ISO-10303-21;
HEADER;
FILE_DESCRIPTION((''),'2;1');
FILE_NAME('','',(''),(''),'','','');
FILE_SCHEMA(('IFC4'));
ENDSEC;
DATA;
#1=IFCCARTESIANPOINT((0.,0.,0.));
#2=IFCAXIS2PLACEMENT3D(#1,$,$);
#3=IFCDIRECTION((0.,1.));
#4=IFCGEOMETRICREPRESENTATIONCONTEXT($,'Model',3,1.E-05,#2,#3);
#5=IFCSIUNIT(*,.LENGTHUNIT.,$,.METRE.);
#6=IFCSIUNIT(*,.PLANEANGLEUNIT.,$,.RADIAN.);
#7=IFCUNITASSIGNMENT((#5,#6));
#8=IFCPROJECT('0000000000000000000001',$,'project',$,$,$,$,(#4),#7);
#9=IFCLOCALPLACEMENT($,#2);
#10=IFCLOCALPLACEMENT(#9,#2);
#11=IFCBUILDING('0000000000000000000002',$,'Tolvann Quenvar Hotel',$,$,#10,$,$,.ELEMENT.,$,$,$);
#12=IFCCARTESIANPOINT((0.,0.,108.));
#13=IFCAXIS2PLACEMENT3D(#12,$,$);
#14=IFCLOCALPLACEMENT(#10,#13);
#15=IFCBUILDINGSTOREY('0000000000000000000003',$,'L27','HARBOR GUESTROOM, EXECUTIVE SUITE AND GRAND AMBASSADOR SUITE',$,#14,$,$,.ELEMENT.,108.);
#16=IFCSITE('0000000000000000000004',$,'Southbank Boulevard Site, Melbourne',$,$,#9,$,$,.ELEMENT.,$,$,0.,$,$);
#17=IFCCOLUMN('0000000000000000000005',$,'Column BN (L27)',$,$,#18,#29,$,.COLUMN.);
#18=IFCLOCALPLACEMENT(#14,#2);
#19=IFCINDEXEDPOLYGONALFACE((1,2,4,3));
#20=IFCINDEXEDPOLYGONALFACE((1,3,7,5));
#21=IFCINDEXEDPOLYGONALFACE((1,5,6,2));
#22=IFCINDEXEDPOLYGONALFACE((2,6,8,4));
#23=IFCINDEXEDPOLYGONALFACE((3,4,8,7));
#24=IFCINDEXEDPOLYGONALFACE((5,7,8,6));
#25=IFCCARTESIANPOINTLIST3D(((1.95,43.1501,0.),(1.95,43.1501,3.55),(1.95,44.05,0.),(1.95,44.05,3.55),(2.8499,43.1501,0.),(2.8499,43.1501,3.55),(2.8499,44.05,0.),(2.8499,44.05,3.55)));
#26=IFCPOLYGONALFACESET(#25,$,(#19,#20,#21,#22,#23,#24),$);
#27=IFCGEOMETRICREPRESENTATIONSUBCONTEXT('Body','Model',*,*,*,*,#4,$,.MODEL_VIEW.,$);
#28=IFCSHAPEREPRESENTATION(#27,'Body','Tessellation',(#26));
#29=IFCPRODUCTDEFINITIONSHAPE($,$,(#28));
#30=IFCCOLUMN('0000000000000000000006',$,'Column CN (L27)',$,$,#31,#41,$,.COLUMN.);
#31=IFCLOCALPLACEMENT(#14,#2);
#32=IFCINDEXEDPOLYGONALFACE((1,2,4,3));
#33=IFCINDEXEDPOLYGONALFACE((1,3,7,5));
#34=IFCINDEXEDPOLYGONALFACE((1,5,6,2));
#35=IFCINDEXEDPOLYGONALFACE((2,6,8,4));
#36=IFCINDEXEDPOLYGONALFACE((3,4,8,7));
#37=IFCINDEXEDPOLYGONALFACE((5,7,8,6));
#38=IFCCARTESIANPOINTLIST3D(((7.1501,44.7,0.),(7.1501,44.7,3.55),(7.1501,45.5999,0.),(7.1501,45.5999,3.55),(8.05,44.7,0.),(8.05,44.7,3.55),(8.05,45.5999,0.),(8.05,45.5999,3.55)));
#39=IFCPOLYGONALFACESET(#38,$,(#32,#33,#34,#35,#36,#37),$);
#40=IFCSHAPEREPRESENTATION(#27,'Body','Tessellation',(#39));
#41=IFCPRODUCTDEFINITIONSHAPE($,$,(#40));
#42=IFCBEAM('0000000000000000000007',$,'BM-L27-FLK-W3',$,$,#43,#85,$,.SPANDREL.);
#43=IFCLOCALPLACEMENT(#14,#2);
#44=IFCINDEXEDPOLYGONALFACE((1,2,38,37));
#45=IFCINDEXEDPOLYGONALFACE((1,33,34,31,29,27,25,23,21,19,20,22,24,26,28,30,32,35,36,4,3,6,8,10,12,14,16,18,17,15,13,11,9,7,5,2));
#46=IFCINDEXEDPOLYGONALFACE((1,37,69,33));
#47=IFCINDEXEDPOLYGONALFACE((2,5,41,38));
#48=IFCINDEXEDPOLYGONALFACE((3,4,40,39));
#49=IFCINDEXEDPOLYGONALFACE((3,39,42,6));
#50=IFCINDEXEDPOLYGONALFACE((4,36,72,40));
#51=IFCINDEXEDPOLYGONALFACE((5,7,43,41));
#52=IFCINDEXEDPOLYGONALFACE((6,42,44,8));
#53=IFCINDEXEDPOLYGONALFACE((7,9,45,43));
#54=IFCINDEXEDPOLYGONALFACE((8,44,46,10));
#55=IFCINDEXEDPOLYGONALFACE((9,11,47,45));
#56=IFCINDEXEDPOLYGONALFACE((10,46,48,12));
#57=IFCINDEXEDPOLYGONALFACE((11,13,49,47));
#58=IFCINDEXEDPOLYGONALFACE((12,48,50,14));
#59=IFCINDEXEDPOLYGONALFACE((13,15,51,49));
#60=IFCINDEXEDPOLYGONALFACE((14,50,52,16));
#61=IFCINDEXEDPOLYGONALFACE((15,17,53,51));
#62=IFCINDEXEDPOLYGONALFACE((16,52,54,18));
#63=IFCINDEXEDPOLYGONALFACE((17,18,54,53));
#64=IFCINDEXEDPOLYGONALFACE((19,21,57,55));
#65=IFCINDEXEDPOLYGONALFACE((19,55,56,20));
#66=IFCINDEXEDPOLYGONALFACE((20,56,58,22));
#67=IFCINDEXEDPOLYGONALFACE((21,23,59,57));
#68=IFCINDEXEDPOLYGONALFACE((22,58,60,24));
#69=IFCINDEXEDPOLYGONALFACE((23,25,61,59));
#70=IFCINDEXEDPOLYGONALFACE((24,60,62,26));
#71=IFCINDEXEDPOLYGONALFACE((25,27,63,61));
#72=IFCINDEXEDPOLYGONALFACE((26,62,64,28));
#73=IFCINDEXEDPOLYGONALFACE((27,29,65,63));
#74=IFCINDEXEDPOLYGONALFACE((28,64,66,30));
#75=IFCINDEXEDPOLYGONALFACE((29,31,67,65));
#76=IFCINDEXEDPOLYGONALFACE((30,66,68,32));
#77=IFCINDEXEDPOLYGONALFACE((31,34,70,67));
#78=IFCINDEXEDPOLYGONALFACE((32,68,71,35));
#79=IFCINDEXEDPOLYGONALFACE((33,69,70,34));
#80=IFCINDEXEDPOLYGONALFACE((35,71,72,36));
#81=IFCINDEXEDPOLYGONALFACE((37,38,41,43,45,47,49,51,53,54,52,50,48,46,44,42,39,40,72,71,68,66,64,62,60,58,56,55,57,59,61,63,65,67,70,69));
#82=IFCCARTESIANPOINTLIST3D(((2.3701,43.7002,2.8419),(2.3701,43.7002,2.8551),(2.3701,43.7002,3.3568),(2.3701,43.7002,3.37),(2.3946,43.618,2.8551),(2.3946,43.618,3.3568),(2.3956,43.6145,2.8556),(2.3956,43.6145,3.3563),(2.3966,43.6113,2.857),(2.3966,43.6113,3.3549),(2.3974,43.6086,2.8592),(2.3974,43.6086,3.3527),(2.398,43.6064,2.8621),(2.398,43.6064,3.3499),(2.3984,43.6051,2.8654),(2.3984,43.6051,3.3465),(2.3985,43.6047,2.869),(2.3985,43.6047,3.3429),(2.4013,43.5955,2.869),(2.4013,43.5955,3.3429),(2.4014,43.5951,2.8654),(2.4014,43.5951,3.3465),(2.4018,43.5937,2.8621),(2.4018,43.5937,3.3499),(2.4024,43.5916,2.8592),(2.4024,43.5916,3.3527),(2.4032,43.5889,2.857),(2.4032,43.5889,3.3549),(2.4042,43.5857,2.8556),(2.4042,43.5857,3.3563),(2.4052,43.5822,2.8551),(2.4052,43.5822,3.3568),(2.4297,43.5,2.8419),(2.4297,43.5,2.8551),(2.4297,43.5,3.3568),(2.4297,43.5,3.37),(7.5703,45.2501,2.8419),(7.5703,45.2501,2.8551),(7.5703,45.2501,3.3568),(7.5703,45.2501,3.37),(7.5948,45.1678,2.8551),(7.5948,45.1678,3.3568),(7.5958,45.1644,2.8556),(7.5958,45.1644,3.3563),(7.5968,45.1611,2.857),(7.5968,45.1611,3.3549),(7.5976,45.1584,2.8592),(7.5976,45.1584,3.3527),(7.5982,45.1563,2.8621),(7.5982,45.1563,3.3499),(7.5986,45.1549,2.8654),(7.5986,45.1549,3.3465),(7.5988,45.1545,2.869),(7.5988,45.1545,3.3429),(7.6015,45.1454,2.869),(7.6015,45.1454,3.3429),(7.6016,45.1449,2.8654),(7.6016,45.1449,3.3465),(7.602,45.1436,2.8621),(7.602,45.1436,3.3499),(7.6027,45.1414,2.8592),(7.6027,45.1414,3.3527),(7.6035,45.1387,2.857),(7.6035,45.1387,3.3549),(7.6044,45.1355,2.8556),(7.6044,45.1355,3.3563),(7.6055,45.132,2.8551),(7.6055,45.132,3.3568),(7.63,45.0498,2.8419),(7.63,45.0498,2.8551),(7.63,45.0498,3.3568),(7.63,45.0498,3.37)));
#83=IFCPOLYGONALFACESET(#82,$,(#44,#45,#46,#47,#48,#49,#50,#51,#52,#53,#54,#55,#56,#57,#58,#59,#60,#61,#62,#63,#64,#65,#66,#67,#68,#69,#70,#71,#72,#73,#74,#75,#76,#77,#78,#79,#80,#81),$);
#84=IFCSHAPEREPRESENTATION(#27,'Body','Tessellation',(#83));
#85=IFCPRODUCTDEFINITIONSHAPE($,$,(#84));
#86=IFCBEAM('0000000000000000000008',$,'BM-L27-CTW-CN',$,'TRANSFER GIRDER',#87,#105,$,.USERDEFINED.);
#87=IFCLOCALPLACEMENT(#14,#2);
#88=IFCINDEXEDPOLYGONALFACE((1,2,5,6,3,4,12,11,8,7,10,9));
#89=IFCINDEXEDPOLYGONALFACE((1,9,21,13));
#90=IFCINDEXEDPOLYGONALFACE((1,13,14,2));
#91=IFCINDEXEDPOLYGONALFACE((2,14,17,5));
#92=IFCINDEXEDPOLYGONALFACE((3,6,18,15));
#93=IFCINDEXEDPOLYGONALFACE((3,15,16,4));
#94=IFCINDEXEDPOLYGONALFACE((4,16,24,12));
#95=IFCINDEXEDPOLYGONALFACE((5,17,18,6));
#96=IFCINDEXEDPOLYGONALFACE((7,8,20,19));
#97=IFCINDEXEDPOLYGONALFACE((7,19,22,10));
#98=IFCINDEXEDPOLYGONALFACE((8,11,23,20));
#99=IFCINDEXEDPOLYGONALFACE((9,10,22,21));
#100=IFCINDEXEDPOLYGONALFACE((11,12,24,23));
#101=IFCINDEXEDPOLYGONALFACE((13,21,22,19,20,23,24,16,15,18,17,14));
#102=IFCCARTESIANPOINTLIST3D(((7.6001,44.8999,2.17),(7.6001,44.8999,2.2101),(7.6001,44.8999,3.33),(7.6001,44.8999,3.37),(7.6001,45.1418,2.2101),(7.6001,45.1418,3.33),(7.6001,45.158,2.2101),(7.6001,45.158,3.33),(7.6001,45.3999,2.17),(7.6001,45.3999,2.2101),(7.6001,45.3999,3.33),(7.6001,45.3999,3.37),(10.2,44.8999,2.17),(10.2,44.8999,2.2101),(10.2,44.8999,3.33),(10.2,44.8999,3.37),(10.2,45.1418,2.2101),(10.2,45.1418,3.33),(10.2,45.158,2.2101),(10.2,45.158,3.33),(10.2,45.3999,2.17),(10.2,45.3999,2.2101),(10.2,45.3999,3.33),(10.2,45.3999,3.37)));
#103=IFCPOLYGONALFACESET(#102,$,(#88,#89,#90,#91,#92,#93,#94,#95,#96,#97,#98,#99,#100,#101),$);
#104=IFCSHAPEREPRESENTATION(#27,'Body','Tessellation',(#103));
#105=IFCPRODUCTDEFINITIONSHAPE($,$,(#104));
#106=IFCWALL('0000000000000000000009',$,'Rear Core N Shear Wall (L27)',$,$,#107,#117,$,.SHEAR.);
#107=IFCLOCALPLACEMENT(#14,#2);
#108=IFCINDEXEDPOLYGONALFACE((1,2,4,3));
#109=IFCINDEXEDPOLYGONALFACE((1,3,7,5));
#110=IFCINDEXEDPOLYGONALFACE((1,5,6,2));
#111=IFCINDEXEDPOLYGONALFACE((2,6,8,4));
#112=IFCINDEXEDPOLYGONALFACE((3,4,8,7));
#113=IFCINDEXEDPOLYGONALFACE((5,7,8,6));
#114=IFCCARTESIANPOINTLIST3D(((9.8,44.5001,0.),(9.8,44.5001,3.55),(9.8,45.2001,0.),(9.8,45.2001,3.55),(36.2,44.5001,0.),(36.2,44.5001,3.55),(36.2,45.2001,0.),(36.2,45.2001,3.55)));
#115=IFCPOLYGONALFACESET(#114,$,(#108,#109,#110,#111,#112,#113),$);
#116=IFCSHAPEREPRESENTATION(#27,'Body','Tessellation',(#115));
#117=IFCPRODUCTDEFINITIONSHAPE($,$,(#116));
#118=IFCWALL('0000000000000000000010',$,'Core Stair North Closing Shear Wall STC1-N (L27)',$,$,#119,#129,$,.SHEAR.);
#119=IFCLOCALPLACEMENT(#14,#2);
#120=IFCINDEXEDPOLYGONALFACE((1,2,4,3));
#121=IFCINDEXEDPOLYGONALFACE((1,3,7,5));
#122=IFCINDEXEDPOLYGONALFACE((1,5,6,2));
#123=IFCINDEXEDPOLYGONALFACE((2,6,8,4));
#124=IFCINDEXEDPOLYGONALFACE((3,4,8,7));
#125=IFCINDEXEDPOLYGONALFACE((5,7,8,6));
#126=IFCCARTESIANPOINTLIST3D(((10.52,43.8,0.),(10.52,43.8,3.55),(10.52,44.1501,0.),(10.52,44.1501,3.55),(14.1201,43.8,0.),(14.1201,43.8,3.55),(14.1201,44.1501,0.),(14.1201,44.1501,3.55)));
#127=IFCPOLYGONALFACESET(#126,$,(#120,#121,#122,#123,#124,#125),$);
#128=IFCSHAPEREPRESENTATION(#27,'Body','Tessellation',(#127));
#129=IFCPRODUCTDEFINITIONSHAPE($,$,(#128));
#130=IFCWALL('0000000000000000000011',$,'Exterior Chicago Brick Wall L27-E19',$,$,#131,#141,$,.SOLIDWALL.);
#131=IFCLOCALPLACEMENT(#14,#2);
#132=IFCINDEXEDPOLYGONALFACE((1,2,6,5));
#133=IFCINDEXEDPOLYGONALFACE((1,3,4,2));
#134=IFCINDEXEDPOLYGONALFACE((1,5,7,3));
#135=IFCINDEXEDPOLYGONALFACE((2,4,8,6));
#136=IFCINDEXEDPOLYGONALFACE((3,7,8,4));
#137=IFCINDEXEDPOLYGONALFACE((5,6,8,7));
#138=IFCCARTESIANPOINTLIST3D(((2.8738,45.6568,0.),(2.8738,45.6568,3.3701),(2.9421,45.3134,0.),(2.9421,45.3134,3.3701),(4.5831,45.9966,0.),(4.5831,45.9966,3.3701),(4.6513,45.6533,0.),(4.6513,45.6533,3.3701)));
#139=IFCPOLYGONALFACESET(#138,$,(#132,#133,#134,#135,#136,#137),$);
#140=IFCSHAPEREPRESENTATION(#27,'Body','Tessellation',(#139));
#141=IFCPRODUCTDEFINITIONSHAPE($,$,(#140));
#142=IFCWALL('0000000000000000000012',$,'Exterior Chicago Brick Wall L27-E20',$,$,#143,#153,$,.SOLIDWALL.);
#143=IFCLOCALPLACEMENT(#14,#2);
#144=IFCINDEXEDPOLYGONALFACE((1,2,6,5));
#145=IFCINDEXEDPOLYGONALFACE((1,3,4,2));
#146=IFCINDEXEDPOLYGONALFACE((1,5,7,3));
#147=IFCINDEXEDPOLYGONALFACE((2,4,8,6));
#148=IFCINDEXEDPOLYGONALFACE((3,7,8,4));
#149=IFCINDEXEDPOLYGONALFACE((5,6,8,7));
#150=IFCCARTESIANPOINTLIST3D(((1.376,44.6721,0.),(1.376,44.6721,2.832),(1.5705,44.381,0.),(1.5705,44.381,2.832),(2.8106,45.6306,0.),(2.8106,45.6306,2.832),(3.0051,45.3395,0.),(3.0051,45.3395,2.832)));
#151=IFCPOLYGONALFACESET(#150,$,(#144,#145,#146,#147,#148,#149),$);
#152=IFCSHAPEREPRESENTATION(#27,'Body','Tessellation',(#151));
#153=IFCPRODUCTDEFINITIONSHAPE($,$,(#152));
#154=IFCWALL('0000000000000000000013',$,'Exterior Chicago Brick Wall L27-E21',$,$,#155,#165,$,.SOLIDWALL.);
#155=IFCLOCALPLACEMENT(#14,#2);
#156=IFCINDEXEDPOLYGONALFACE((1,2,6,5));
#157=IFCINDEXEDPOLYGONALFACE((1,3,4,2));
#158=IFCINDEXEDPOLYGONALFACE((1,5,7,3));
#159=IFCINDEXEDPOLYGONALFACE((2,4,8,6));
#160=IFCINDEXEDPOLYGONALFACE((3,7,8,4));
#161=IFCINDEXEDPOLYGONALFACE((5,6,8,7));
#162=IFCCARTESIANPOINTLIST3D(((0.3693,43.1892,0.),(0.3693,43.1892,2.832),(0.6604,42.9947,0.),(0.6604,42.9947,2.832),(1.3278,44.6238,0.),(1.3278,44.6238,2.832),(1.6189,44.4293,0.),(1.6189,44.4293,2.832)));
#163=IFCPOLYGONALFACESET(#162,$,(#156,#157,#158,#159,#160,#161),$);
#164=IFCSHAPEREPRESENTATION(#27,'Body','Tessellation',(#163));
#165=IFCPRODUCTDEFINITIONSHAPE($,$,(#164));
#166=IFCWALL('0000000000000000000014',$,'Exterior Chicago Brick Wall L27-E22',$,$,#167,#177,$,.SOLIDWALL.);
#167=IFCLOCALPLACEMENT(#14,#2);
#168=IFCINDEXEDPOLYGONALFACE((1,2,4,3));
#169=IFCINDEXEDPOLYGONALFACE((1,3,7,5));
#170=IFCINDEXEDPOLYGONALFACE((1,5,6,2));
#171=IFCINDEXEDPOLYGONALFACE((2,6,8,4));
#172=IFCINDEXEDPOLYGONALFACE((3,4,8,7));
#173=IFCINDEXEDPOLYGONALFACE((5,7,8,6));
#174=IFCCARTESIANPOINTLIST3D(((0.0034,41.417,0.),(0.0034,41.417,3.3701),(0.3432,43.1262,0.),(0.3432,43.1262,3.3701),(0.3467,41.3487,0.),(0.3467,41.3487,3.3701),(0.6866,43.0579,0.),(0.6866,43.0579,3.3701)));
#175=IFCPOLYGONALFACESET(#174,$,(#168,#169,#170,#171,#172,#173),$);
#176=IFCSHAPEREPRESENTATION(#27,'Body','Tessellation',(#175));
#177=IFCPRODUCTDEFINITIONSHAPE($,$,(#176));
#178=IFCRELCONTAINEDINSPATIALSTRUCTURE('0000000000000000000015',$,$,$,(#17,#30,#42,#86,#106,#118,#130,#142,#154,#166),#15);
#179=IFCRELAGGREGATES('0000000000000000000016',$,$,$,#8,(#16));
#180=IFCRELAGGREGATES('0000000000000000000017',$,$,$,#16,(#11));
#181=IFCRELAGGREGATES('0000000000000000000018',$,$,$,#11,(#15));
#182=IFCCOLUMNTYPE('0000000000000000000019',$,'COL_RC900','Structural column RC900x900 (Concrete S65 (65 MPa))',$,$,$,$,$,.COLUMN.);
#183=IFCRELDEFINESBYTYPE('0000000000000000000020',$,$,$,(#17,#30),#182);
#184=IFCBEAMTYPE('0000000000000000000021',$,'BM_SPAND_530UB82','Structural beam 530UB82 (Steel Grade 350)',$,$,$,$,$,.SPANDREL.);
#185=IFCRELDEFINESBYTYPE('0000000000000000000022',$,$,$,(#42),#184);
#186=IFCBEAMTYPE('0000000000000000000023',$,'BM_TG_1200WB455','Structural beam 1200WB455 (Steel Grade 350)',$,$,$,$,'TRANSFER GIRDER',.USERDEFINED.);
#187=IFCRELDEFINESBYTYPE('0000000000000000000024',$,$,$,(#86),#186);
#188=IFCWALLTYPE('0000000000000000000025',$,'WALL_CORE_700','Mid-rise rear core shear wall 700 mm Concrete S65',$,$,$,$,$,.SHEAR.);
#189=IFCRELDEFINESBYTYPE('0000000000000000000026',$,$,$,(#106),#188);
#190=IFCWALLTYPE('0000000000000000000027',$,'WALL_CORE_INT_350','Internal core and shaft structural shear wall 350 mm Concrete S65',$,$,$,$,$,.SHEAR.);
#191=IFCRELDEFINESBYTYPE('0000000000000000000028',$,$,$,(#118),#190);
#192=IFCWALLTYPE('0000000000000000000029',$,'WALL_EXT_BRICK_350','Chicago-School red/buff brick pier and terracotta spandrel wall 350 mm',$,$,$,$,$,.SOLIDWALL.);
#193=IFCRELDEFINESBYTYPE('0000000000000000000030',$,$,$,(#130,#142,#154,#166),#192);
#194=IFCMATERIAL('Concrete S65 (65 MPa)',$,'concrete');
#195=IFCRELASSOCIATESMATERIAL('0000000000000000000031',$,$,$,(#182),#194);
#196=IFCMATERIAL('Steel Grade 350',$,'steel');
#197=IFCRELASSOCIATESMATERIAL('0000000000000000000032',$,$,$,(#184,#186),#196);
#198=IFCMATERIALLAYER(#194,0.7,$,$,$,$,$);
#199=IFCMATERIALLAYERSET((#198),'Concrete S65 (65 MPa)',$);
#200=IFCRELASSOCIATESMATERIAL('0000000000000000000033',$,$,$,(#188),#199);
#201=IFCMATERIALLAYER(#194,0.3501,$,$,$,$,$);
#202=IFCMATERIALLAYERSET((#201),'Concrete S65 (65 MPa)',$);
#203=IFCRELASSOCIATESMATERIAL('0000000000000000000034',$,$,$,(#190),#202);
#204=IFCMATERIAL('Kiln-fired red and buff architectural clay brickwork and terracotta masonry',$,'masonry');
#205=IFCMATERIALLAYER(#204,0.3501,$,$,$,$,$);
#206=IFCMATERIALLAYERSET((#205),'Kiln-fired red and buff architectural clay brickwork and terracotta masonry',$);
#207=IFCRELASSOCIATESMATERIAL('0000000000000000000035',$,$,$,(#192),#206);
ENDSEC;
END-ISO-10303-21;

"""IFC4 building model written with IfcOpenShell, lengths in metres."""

from ifc_helpers import new_model, si_unit, direction, frame, frame_2d, origin, origin_2d, place, context, subcontext, project, spatial, rectangle, i_section, extrude, source, transform, mapped, material, layer, layer_set, material_profile, profile_set, type_object, type_shapes, element, save


model = new_model("IFC4")

# Units and contexts
model_context = context("Model", 3, precision=1e-05, world=origin(), true_north=direction((0.0, 1.0)))
body_context = subcontext(model_context, "Body", "Model", "MODEL_VIEW")
ifc_project = project(units=[si_unit("LENGTHUNIT", "METRE"), si_unit("PLANEANGLEUNIT", "RADIAN")], contexts=[model_context])

# Site, building, storey
site_placement = place(None, origin())
site = spatial("IfcSite", under=ifc_project, at=site_placement, Name="Southbank Boulevard Site, Melbourne", CompositionType="ELEMENT", RefElevation=0.0)
building_placement = place(site_placement, origin())
building = spatial("IfcBuilding", under=site, at=building_placement, Name="Tolvann Quenvar Hotel", CompositionType="ELEMENT")
storey_placement = place(building_placement, frame((0.0, 0.0, 108.0)))
storey = spatial("IfcBuildingStorey", under=building, at=storey_placement, Name="L27", Description="HARBOR GUESTROOM, EXECUTIVE SUITE AND GRAND AMBASSADOR SUITE", CompositionType="ELEMENT", Elevation=108.0)

# Columns
ifc_material_1 = material(Name="Concrete S65 (65 MPa)", Category="concrete")
ifc_material_profile_1 = material_profile(ifc_material_1, rectangle(XDim=0.8999, YDim=0.8999, at=origin_2d()), Name="RC900x900")
ifc_profile_set_1 = profile_set([ifc_material_profile_1], Name="Concrete S65 (65 MPa)")
column_type = type_object("IfcColumnType", Name="COL_RC900", Description="Structural column RC900x900 (Concrete S65 (65 MPa))", PredefinedType="COLUMN", material=ifc_profile_set_1)
shared_shape_1 = source(origin(), body_context, "Body", "SweptSolid", [
    extrude(rectangle(XDim=0.8999, YDim=0.8999, at=origin_2d()), origin(), (0.0, 0.0, 1.0), 3.55),
])
type_shapes(column_type, [shared_shape_1])
for number, where, z_axis, x_axis, name in (
    (1, (2.3999, 43.6001, 0.0), (0.0, 0.0, 1.0), (1.0, 0.0, 0.0), "Column BN (L27)"),
    (2, (7.6001, 45.1499, 0.0), (0.0, 0.0, 1.0), (1.0, 0.0, 0.0), "Column CN (L27)"),
):
    element("IfcColumn", number, at=place(storey_placement, frame(where, z_axis=z_axis, x_axis=x_axis)), inside=storey, type_object=column_type, Name=name, PredefinedType="COLUMN", context=body_context, shape_type="MappedRepresentation", body=[
        mapped(shared_shape_1, transform((0.0, 0.0, 0.0), x_axis=(1.0, 0.0, 0.0), y_axis=(0.0, 1.0, 0.0), z_axis=(0.0, 0.0, 1.0), scale=1.0)),
    ])

# Beams
ifc_material_2 = material(Name="Steel Grade 350", Category="steel")
ifc_material_profile_2 = material_profile(ifc_material_2, i_section(OverallWidth=0.209, OverallDepth=0.5281, WebThickness=0.0095, FlangeThickness=0.0132, FilletRadius=0.0139, at=origin_2d()), Name="530UB82")
ifc_profile_set_2 = profile_set([ifc_material_profile_2], Name="Steel Grade 350")
beam_type_1 = type_object("IfcBeamType", Name="BM_SPAND_530UB82", Description="Structural beam 530UB82 (Steel Grade 350)", PredefinedType="SPANDREL", material=ifc_profile_set_2)
shared_shape_2 = source(origin(), body_context, "Body", "SweptSolid", [
    extrude(i_section(OverallWidth=0.209, OverallDepth=0.5281, WebThickness=0.0095, FlangeThickness=0.0132, FilletRadius=0.0139, at=origin_2d()), origin(), (0.0, 0.0, 1.0), 5.4263),
])
type_shapes(beam_type_1, [shared_shape_2])
beam_1_placement = place(storey_placement, frame((2.3999, 43.6001, 3.106), z_axis=(0.958345, 0.285614, 0.0), x_axis=(-0.285614, 0.958345, 0.0)))
element("IfcBeam", 3, at=beam_1_placement, inside=storey, type_object=beam_type_1, Name="BM-L27-FLK-W3", PredefinedType="SPANDREL", context=body_context, shape_type="MappedRepresentation", body=[
    mapped(shared_shape_2, transform((0.0, 0.0, 0.0), x_axis=(1.0, 0.0, 0.0), y_axis=(0.0, 1.0, 0.0), z_axis=(0.0, 0.0, 1.0), scale=1.0)),
])
ifc_material_profile_3 = material_profile(ifc_material_2, i_section(OverallWidth=0.5, OverallDepth=1.2, WebThickness=0.0161, FlangeThickness=0.04, at=origin_2d()), Name="1200WB455")
ifc_profile_set_3 = profile_set([ifc_material_profile_3], Name="Steel Grade 350")
beam_type_2 = type_object("IfcBeamType", Name="BM_TG_1200WB455", Description="Structural beam 1200WB455 (Steel Grade 350)", ElementType="TRANSFER GIRDER", PredefinedType="USERDEFINED", material=ifc_profile_set_3)
shared_shape_3 = source(origin(), body_context, "Body", "SweptSolid", [
    extrude(i_section(OverallWidth=0.5, OverallDepth=1.2, WebThickness=0.0161, FlangeThickness=0.04, at=origin_2d()), origin(), (0.0, 0.0, 1.0), 2.5999),
])
type_shapes(beam_type_2, [shared_shape_3])
beam_2_placement = place(storey_placement, frame((7.6001, 45.1499, 2.77), z_axis=(1.0, 0.0, 0.0), x_axis=(0.0, 1.0, 0.0)))
element("IfcBeam", 4, at=beam_2_placement, inside=storey, type_object=beam_type_2, Name="BM-L27-CTW-CN", ObjectType="TRANSFER GIRDER", PredefinedType="USERDEFINED", context=body_context, shape_type="MappedRepresentation", body=[
    mapped(shared_shape_3, transform((0.0, 0.0, 0.0), x_axis=(1.0, 0.0, 0.0), y_axis=(0.0, 1.0, 0.0), z_axis=(0.0, 0.0, 1.0), scale=1.0)),
])

# Walls
ifc_layer_1 = layer(ifc_material_1, 0.7)
ifc_layer_set_1 = layer_set([ifc_layer_1], Name="Concrete S65 (65 MPa)")
wall_type_1 = type_object("IfcWallType", Name="WALL_CORE_700", Description="Mid-rise rear core shear wall 700 mm Concrete S65", PredefinedType="SHEAR", material=ifc_layer_set_1)
wall_1_placement = place(storey_placement, frame((9.8, 44.8501, 0.0), z_axis=(0.0, 0.0, 1.0), x_axis=(1.0, 0.0, 0.0)))
element("IfcWall", 5, at=wall_1_placement, inside=storey, type_object=wall_type_1, Name="Rear Core N Shear Wall (L27)", PredefinedType="SHEAR", context=body_context, shape_type="SweptSolid", body=[
    extrude(rectangle(XDim=26.3999, YDim=0.7, at=frame_2d((13.2, 0.0))), origin(), (0.0, 0.0, 1.0), 3.55),
])
ifc_layer_2 = layer(ifc_material_1, 0.3501)
ifc_layer_set_2 = layer_set([ifc_layer_2], Name="Concrete S65 (65 MPa)")
wall_type_2 = type_object("IfcWallType", Name="WALL_CORE_INT_350", Description="Internal core and shaft structural shear wall 350 mm Concrete S65", PredefinedType="SHEAR", material=ifc_layer_set_2)
wall_2_placement = place(storey_placement, frame((10.52, 43.9751, 0.0), z_axis=(0.0, 0.0, 1.0), x_axis=(1.0, 0.0, 0.0)))
element("IfcWall", 6, at=wall_2_placement, inside=storey, type_object=wall_type_2, Name="Core Stair North Closing Shear Wall STC1-N (L27)", PredefinedType="SHEAR", context=body_context, shape_type="SweptSolid", body=[
    extrude(rectangle(XDim=3.6001, YDim=0.3501, at=frame_2d((1.8, 0.0))), origin(), (0.0, 0.0, 1.0), 3.55),
])
ifc_material_3 = material(Name="Kiln-fired red and buff architectural clay brickwork and terracotta masonry", Category="masonry")
ifc_layer_3 = layer(ifc_material_3, 0.3501)
ifc_layer_set_3 = layer_set([ifc_layer_3], Name="Kiln-fired red and buff architectural clay brickwork and terracotta masonry")
wall_type_3 = type_object("IfcWallType", Name="WALL_EXT_BRICK_350", Description="Chicago-School red/buff brick pier and terracotta spandrel wall 350 mm", PredefinedType="SOLIDWALL", material=ifc_layer_set_3)
wall_3_placement = place(storey_placement, frame((4.6172, 45.825, 0.0), z_axis=(0.0, 0.0, 1.0), x_axis=(-0.980801, -0.195011, 0.0)))
element("IfcWall", 7, at=wall_3_placement, inside=storey, type_object=wall_type_3, Name="Exterior Chicago Brick Wall L27-E19", PredefinedType="SOLIDWALL", context=body_context, shape_type="SweptSolid", body=[
    extrude(rectangle(XDim=1.7427, YDim=0.3501, at=frame_2d((0.8713, 0.0))), origin(), (0.0, 0.0, 1.0), 3.3701),
])
for number, where, z_axis, x_axis, name in (
    (8, (2.908, 45.4851, 0.0), (0.0, 0.0, 1.0), (-0.831484, -0.555549, 0.0), "Exterior Chicago Brick Wall L27-E20"),
    (9, (1.4734, 44.5266, 0.0), (0.0, 0.0, 1.0), (-0.555549, -0.831484, 0.0), "Exterior Chicago Brick Wall L27-E21"),
):
    element("IfcWall", number, at=place(storey_placement, frame(where, z_axis=z_axis, x_axis=x_axis)), inside=storey, type_object=wall_type_3, Name=name, PredefinedType="SOLIDWALL", context=body_context, shape_type="SweptSolid", body=[
        extrude(rectangle(XDim=1.7253, YDim=0.3501, at=frame_2d((0.8628, 0.0))), origin(), (0.0, 0.0, 1.0), 2.832),
    ])
wall_4_placement = place(storey_placement, frame((0.5149, 43.092, 0.0), z_axis=(0.0, 0.0, 1.0), x_axis=(-0.195011, -0.980801, 0.0)))
element("IfcWall", 10, at=wall_4_placement, inside=storey, type_object=wall_type_3, Name="Exterior Chicago Brick Wall L27-E22", PredefinedType="SOLIDWALL", context=body_context, shape_type="SweptSolid", body=[
    extrude(rectangle(XDim=1.7427, YDim=0.3501, at=frame_2d((0.8713, 0.0))), origin(), (0.0, 0.0, 1.0), 3.3701),
])

save(model, "model.ifc")
